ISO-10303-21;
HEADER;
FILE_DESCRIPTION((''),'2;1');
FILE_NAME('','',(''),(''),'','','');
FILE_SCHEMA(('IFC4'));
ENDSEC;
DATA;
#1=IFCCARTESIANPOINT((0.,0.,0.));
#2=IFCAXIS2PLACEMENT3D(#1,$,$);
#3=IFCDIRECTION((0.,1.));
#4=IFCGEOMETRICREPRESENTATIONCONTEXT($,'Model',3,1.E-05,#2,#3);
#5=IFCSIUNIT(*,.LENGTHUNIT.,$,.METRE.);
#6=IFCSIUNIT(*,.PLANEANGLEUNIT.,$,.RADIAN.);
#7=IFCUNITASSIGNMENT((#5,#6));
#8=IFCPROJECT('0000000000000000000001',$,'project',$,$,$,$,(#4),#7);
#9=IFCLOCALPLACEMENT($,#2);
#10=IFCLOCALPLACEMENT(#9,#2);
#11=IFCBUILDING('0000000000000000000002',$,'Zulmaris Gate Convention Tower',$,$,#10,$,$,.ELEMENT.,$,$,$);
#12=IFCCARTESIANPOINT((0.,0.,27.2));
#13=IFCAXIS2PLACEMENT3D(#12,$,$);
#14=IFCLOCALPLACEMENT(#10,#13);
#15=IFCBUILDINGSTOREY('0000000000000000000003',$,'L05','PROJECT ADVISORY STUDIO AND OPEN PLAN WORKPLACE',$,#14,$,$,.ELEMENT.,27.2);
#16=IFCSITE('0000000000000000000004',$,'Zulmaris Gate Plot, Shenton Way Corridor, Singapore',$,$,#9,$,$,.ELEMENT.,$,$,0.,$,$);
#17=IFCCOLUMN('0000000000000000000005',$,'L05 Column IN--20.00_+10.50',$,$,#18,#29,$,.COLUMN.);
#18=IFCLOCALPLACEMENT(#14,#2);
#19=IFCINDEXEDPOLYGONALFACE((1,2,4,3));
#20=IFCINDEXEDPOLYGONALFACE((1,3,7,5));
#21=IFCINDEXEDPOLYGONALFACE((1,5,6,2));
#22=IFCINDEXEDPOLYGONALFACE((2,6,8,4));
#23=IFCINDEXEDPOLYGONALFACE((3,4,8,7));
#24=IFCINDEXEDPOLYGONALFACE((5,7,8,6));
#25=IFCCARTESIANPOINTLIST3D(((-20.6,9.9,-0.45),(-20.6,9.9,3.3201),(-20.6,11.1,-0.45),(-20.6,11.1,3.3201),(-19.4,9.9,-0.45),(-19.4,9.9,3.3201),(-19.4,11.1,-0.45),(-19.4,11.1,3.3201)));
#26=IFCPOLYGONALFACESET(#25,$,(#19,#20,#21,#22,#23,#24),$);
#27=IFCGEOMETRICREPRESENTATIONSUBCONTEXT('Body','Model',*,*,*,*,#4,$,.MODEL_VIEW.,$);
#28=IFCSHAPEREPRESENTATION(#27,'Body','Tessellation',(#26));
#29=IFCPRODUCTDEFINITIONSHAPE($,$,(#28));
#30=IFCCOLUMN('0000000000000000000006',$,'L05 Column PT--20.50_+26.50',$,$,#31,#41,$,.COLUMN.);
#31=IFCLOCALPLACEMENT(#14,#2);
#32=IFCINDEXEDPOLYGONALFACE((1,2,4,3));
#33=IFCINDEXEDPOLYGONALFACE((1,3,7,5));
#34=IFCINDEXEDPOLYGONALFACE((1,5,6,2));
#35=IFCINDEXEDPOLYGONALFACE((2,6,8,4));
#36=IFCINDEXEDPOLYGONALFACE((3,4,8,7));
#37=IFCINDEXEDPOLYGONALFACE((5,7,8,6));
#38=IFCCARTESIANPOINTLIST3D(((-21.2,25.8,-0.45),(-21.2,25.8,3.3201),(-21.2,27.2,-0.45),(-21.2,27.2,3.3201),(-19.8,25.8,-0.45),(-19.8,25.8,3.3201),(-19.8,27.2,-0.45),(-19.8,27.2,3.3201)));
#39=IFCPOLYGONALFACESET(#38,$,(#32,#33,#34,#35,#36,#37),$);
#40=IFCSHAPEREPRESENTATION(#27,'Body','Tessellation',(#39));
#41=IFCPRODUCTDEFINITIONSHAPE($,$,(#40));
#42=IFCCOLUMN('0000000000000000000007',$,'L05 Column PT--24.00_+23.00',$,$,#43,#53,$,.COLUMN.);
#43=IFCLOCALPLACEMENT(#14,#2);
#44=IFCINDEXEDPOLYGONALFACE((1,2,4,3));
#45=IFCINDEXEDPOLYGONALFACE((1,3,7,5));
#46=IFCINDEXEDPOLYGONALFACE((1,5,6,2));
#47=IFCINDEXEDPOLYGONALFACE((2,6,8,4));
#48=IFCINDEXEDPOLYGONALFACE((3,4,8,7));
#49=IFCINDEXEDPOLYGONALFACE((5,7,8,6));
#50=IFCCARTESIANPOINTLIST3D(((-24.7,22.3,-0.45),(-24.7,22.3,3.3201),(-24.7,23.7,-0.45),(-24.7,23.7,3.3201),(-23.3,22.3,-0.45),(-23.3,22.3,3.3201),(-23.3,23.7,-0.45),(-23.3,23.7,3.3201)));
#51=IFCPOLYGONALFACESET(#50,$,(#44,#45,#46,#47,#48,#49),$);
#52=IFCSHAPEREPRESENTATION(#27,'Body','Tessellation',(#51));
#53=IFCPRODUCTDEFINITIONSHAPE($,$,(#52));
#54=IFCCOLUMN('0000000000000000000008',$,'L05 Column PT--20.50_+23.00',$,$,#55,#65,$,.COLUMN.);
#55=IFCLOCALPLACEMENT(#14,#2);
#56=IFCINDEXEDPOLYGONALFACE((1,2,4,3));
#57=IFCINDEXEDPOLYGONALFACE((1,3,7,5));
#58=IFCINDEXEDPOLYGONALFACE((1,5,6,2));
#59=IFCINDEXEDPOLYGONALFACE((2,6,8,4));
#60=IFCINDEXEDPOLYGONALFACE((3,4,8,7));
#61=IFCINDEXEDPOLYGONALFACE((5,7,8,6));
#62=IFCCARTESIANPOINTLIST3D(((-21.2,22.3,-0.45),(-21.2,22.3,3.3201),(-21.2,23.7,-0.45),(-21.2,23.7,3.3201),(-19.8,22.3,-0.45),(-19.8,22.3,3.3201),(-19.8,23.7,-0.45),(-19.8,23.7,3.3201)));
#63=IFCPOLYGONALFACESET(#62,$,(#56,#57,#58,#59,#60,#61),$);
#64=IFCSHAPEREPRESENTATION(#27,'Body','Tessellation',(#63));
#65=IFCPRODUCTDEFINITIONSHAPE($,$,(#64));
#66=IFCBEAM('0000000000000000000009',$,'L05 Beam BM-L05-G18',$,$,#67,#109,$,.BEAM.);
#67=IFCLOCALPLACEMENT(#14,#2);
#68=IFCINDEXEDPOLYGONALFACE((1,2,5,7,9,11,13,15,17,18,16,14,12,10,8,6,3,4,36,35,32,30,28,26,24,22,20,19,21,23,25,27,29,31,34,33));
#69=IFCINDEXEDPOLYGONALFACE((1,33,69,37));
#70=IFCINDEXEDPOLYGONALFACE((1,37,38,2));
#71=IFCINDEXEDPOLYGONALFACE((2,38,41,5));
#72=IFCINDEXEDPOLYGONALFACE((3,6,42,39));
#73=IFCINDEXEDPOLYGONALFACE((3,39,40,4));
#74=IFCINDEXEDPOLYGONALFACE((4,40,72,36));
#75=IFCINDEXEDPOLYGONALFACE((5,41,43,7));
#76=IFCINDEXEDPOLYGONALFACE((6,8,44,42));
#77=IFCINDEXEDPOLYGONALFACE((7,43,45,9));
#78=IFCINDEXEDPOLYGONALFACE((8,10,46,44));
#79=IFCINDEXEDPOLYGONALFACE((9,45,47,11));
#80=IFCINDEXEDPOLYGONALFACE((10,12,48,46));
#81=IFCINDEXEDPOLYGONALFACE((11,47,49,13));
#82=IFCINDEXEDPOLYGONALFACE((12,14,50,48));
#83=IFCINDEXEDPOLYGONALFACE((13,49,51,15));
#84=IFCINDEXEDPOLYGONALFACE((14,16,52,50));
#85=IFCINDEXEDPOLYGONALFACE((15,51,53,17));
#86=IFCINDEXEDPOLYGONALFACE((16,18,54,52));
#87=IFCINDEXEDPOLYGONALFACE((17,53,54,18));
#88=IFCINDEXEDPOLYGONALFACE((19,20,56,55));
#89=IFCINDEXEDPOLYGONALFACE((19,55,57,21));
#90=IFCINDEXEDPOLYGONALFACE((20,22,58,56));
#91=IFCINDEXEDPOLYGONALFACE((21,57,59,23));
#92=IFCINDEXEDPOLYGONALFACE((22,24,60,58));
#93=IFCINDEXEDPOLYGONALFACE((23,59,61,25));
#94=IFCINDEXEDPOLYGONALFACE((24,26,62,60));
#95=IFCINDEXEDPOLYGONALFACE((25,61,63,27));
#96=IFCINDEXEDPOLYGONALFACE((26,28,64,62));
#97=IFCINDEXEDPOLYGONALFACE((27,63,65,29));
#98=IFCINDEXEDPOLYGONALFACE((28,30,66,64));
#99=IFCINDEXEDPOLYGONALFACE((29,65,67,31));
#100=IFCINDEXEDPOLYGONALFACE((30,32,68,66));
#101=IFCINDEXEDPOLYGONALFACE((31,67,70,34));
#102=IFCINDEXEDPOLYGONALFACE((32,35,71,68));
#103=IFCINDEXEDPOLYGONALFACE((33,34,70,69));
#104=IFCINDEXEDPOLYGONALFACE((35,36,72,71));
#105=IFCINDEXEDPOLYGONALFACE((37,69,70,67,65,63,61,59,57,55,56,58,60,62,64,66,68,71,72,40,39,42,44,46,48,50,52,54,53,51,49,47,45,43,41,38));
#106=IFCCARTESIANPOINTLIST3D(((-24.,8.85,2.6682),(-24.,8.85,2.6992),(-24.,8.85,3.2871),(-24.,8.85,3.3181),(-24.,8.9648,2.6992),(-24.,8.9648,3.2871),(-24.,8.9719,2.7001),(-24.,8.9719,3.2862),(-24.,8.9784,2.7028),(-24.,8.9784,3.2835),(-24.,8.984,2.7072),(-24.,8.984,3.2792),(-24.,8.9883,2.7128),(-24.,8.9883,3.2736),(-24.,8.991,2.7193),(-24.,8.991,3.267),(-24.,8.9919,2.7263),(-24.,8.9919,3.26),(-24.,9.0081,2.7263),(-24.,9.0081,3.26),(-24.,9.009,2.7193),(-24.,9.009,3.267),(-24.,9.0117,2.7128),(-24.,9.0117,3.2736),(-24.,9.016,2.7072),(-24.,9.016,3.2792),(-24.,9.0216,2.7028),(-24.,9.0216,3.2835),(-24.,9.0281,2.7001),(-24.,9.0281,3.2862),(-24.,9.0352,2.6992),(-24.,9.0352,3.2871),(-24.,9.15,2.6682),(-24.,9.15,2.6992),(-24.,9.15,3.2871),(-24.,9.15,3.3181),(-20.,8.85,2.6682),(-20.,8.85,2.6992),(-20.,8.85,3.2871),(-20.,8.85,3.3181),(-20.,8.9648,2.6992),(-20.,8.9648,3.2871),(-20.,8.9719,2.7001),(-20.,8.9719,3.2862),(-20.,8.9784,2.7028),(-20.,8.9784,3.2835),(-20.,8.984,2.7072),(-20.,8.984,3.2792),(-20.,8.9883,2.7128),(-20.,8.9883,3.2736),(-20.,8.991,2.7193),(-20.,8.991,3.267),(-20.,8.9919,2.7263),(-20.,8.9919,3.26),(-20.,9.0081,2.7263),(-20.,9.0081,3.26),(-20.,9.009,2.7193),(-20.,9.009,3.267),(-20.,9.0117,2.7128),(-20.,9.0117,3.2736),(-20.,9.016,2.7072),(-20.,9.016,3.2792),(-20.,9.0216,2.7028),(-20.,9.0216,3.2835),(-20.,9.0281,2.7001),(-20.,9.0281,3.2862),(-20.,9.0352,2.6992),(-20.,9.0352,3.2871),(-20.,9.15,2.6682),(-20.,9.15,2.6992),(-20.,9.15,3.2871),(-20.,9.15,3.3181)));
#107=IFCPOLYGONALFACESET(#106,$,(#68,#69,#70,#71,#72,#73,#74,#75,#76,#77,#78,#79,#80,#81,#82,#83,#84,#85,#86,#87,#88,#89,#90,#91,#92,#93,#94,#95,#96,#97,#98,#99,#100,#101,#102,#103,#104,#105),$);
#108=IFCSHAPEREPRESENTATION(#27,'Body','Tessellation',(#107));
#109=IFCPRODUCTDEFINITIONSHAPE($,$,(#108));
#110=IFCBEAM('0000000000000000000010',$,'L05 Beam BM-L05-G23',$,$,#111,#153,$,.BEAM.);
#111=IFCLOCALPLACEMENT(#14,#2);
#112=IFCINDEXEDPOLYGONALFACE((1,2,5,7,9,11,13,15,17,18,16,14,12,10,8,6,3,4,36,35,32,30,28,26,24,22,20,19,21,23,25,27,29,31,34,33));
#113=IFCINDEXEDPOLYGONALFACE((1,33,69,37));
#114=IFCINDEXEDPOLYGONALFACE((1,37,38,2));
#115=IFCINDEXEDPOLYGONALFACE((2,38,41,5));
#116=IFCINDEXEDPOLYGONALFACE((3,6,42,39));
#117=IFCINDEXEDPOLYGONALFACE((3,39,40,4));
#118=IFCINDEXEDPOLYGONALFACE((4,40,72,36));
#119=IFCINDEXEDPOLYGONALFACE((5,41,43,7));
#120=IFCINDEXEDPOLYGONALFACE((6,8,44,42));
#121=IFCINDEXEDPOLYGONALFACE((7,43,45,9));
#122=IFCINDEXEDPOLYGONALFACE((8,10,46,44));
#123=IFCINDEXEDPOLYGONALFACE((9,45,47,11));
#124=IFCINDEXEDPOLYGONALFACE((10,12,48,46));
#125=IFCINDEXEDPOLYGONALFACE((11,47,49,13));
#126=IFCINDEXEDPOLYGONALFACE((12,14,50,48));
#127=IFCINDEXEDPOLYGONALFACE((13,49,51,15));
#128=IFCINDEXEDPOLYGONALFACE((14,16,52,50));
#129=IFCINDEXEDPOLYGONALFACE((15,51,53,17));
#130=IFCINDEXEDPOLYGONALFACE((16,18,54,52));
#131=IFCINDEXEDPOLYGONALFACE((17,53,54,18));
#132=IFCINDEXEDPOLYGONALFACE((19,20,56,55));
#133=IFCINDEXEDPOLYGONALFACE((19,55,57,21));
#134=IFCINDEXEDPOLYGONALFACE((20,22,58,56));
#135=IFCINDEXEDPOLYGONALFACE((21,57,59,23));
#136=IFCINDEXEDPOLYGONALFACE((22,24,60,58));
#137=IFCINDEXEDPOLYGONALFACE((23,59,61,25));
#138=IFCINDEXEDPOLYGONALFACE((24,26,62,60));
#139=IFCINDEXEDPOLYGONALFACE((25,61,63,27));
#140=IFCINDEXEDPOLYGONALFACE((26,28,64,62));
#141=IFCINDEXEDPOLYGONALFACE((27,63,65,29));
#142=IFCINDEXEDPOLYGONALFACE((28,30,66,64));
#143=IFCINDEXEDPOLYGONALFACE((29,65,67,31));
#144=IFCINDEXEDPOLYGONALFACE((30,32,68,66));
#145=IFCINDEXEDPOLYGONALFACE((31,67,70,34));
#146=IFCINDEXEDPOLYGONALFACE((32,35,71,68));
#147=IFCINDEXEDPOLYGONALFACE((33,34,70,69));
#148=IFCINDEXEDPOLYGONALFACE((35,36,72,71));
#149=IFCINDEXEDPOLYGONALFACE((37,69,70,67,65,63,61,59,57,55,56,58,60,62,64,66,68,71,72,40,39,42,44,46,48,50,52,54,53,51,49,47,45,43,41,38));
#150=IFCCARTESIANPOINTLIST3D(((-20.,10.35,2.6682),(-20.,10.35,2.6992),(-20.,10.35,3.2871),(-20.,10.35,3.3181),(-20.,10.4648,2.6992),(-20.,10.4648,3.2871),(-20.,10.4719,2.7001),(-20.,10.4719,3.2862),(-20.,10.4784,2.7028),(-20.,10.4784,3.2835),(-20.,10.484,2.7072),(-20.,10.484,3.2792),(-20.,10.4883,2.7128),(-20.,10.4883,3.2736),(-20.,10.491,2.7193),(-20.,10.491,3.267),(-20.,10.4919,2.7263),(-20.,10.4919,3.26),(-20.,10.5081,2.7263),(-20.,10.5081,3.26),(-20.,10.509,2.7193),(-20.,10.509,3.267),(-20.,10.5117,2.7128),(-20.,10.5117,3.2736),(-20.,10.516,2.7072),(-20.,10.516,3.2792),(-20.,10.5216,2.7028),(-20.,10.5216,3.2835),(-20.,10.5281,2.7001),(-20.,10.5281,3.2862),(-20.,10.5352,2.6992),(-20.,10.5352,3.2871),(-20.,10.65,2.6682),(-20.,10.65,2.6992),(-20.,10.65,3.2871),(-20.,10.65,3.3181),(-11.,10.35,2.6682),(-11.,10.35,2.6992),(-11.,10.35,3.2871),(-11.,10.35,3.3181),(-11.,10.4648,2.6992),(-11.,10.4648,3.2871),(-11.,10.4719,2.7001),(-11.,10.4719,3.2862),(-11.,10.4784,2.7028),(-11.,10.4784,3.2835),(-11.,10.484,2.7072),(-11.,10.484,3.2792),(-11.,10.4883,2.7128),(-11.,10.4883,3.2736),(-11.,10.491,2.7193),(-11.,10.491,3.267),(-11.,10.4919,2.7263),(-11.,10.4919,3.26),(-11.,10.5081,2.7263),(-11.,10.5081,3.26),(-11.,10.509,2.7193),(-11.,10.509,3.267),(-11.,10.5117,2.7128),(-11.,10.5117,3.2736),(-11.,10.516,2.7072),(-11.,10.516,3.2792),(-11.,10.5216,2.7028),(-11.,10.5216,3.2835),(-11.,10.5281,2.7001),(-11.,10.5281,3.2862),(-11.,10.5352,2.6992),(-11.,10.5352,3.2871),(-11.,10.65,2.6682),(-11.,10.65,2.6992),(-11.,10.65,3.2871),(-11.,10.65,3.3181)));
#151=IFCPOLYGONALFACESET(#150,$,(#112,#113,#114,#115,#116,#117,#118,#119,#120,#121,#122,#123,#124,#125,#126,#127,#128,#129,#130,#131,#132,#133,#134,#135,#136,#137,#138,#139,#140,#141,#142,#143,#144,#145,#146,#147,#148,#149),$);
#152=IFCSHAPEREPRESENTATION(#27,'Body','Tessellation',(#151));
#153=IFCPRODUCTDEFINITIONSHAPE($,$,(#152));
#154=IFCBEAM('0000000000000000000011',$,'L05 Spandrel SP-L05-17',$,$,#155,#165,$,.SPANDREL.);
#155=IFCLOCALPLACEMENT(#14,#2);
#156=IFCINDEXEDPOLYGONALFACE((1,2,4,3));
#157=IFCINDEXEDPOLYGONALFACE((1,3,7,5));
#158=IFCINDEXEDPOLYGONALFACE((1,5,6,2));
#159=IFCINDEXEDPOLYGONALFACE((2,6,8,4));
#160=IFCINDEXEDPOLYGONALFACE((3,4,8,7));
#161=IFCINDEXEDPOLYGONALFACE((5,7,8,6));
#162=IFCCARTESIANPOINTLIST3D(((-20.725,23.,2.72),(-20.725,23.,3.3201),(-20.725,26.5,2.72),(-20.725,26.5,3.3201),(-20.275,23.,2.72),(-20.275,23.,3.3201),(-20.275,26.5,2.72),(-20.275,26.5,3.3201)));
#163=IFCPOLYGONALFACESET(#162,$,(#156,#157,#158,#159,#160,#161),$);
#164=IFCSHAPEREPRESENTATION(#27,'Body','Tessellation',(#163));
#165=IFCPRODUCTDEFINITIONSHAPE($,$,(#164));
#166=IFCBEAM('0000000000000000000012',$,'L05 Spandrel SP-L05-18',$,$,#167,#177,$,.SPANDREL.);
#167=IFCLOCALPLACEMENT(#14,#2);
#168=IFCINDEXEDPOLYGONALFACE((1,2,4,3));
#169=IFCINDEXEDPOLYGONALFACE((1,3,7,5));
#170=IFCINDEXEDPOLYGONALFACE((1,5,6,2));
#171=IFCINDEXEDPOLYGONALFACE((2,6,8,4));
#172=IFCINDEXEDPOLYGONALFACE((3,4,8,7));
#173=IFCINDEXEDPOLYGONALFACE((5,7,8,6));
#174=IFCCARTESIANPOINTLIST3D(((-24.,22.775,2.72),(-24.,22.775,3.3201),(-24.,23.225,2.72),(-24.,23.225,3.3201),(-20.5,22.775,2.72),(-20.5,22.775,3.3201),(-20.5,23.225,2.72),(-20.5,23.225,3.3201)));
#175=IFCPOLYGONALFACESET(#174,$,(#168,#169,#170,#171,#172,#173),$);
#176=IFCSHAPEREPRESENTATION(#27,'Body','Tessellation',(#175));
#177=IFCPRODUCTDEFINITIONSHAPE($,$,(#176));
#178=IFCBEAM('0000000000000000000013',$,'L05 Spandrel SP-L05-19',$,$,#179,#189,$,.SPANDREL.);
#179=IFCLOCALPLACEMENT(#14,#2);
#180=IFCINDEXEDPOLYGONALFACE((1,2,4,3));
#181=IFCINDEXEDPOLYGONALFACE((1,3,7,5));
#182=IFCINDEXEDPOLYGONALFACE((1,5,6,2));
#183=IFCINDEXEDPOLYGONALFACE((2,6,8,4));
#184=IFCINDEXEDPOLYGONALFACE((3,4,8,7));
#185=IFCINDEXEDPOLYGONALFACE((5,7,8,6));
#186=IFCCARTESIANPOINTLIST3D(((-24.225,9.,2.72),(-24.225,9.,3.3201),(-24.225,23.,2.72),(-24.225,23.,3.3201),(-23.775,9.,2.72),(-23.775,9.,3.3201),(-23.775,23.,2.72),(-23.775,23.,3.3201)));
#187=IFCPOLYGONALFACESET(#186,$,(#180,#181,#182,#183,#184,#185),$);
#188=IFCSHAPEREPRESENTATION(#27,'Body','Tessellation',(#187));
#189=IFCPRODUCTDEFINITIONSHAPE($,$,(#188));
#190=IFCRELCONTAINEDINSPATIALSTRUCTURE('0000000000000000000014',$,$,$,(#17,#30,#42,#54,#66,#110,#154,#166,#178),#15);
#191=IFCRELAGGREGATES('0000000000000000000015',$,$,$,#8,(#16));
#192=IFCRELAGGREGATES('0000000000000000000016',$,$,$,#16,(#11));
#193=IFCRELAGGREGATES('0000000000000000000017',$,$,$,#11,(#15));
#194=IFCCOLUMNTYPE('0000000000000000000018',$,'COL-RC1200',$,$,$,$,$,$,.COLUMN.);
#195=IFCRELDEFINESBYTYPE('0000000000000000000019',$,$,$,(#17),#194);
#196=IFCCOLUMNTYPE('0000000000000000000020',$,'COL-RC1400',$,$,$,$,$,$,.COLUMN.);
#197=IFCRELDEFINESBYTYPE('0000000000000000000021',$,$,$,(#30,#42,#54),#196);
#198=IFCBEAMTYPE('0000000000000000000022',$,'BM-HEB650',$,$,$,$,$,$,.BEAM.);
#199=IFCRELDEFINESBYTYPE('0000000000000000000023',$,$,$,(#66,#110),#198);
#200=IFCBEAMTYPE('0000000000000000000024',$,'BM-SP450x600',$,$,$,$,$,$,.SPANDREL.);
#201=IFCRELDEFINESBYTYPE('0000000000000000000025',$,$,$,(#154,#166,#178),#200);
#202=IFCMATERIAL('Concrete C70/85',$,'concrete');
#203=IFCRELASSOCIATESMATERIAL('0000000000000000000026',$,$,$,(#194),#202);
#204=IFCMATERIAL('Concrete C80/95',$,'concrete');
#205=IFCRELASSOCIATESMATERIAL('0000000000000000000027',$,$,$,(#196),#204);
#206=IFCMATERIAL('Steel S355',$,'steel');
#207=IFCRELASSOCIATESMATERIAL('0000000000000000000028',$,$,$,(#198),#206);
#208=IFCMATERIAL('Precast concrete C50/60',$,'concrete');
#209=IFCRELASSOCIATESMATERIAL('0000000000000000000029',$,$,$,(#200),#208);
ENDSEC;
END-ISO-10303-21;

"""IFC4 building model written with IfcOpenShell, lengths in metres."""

from ifc_helpers import new_model, si_unit, direction, frame, origin, origin_2d, place, context, subcontext, project, spatial, rectangle, i_section, extrude, material, material_profile, profile_set, type_object, element, save


model = new_model("IFC4")

# Units and contexts
model_context = context("Model", 3, precision=1e-05, world=origin(), true_north=direction((0.0, 1.0)))
body_context = subcontext(model_context, "Body", "Model", "MODEL_VIEW")
ifc_project = project(units=[si_unit("LENGTHUNIT", "METRE"), si_unit("PLANEANGLEUNIT", "RADIAN")], contexts=[model_context])

# Site, building, storey
site_placement = place(None, origin())
site = spatial("IfcSite", under=ifc_project, at=site_placement, Name="Zulmaris Gate Plot, Shenton Way Corridor, Singapore", CompositionType="ELEMENT", RefElevation=0.0)
building_placement = place(site_placement, origin())
building = spatial("IfcBuilding", under=site, at=building_placement, Name="Zulmaris Gate Convention Tower", CompositionType="ELEMENT")
storey_placement = place(building_placement, frame((0.0, 0.0, 27.2)))
storey = spatial("IfcBuildingStorey", under=building, at=storey_placement, Name="L05", Description="PROJECT ADVISORY STUDIO AND OPEN PLAN WORKPLACE", CompositionType="ELEMENT", Elevation=27.2)

# Columns
ifc_material_1 = material(Name="Concrete C70/85", Category="concrete")
ifc_material_profile_1 = material_profile(ifc_material_1, rectangle(XDim=1.2, YDim=1.2, at=origin_2d()), Name="RC COL 1200x1200")
ifc_profile_set_1 = profile_set([ifc_material_profile_1], Name="Concrete C70/85")
column_type_1 = type_object("IfcColumnType", Name="COL-RC1200", PredefinedType="COLUMN", material=ifc_profile_set_1)
column_placement = place(storey_placement, frame((-20.0, 10.5, -0.45), z_axis=(0.0, 0.0, 1.0), x_axis=(1.0, 0.0, 0.0)))
element("IfcColumn", 1, at=column_placement, inside=storey, type_object=column_type_1, Name="L05 Column IN--20.00_+10.50", PredefinedType="COLUMN", context=body_context, shape_type="SweptSolid", body=[
    extrude(rectangle(XDim=1.2, YDim=1.2, at=origin_2d()), origin(), (0.0, 0.0, 1.0), 3.77),
])
ifc_material_2 = material(Name="Concrete C80/95", Category="concrete")
ifc_material_profile_2 = material_profile(ifc_material_2, rectangle(XDim=1.3999, YDim=1.3999, at=origin_2d()), Name="RC COL 1400x1400")
ifc_profile_set_2 = profile_set([ifc_material_profile_2], Name="Concrete C80/95")
column_type_2 = type_object("IfcColumnType", Name="COL-RC1400", PredefinedType="COLUMN", material=ifc_profile_set_2)
for number, where, z_axis, x_axis, name in (
    (2, (-20.5, 26.5, -0.45), (0.0, 0.0, 1.0), (1.0, 0.0, 0.0), "L05 Column PT--20.50_+26.50"),
    (3, (-24.0, 23.0, -0.45), (0.0, 0.0, 1.0), (1.0, 0.0, 0.0), "L05 Column PT--24.00_+23.00"),
    (4, (-20.5, 23.0, -0.45), (0.0, 0.0, 1.0), (1.0, 0.0, 0.0), "L05 Column PT--20.50_+23.00"),
):
    element("IfcColumn", number, at=place(storey_placement, frame(where, z_axis=z_axis, x_axis=x_axis)), inside=storey, type_object=column_type_2, Name=name, PredefinedType="COLUMN", context=body_context, shape_type="SweptSolid", body=[
        extrude(rectangle(XDim=1.3999, YDim=1.3999, at=origin_2d()), origin(), (0.0, 0.0, 1.0), 3.77),
    ])

# Beams
ifc_material_3 = material(Name="Steel S355", Category="steel")
ifc_material_profile_3 = material_profile(ifc_material_3, i_section(OverallWidth=0.3, OverallDepth=0.6499, WebThickness=0.0161, FlangeThickness=0.031, FilletRadius=0.0271, at=origin_2d()), Name="HEB 650")
ifc_profile_set_3 = profile_set([ifc_material_profile_3], Name="Steel S355")
beam_type_1 = type_object("IfcBeamType", Name="BM-HEB650", PredefinedType="BEAM", material=ifc_profile_set_3)
beam_1_placement = place(storey_placement, frame((-24.0, 9.0, 2.9932), z_axis=(1.0, 0.0, 0.0), x_axis=(0.0, 1.0, 0.0)))
element("IfcBeam", 5, at=beam_1_placement, inside=storey, type_object=beam_type_1, Name="L05 Beam BM-L05-G18", PredefinedType="BEAM", context=body_context, shape_type="SweptSolid", body=[
    extrude(i_section(OverallWidth=0.3, OverallDepth=0.6499, WebThickness=0.0161, FlangeThickness=0.031, FilletRadius=0.0271, at=origin_2d()), origin(), (0.0, 0.0, 1.0), 4.0),
])
beam_2_placement = place(storey_placement, frame((-20.0, 10.5, 2.9932), z_axis=(1.0, 0.0, 0.0), x_axis=(0.0, 1.0, 0.0)))
element("IfcBeam", 6, at=beam_2_placement, inside=storey, type_object=beam_type_1, Name="L05 Beam BM-L05-G23", PredefinedType="BEAM", context=body_context, shape_type="SweptSolid", body=[
    extrude(i_section(OverallWidth=0.3, OverallDepth=0.6499, WebThickness=0.0161, FlangeThickness=0.031, FilletRadius=0.0271, at=origin_2d()), origin(), (0.0, 0.0, 1.0), 9.0),
])
ifc_material_4 = material(Name="Precast concrete C50/60", Category="concrete")
ifc_material_profile_4 = material_profile(ifc_material_4, rectangle(XDim=0.45, YDim=0.6001, at=origin_2d()), Name="RC SPANDREL 450x600")
ifc_profile_set_4 = profile_set([ifc_material_profile_4], Name="Precast concrete C50/60")
beam_type_2 = type_object("IfcBeamType", Name="BM-SP450x600", PredefinedType="SPANDREL", material=ifc_profile_set_4)
for number, where, z_axis, x_axis, name in (
    (7, (-20.5, 26.5, 3.02), (0.0, -1.0, 0.0), (1.0, 0.0, 0.0), "L05 Spandrel SP-L05-17"),
    (8, (-20.5, 23.0, 3.02), (-1.0, 0.0, 0.0), (0.0, -1.0, 0.0), "L05 Spandrel SP-L05-18"),
):
    element("IfcBeam", number, at=place(storey_placement, frame(where, z_axis=z_axis, x_axis=x_axis)), inside=storey, type_object=beam_type_2, Name=name, PredefinedType="SPANDREL", context=body_context, shape_type="SweptSolid", body=[
        extrude(rectangle(XDim=0.45, YDim=0.6001, at=origin_2d()), origin(), (0.0, 0.0, 1.0), 3.5),
    ])
beam_3_placement = place(storey_placement, frame((-24.0, 23.0, 3.02), z_axis=(0.0, -1.0, 0.0), x_axis=(1.0, 0.0, 0.0)))
element("IfcBeam", 9, at=beam_3_placement, inside=storey, type_object=beam_type_2, Name="L05 Spandrel SP-L05-19", PredefinedType="SPANDREL", context=body_context, shape_type="SweptSolid", body=[
    extrude(rectangle(XDim=0.45, YDim=0.6001, at=origin_2d()), origin(), (0.0, 0.0, 1.0), 14.0),
])

save(model, "model.ifc")
